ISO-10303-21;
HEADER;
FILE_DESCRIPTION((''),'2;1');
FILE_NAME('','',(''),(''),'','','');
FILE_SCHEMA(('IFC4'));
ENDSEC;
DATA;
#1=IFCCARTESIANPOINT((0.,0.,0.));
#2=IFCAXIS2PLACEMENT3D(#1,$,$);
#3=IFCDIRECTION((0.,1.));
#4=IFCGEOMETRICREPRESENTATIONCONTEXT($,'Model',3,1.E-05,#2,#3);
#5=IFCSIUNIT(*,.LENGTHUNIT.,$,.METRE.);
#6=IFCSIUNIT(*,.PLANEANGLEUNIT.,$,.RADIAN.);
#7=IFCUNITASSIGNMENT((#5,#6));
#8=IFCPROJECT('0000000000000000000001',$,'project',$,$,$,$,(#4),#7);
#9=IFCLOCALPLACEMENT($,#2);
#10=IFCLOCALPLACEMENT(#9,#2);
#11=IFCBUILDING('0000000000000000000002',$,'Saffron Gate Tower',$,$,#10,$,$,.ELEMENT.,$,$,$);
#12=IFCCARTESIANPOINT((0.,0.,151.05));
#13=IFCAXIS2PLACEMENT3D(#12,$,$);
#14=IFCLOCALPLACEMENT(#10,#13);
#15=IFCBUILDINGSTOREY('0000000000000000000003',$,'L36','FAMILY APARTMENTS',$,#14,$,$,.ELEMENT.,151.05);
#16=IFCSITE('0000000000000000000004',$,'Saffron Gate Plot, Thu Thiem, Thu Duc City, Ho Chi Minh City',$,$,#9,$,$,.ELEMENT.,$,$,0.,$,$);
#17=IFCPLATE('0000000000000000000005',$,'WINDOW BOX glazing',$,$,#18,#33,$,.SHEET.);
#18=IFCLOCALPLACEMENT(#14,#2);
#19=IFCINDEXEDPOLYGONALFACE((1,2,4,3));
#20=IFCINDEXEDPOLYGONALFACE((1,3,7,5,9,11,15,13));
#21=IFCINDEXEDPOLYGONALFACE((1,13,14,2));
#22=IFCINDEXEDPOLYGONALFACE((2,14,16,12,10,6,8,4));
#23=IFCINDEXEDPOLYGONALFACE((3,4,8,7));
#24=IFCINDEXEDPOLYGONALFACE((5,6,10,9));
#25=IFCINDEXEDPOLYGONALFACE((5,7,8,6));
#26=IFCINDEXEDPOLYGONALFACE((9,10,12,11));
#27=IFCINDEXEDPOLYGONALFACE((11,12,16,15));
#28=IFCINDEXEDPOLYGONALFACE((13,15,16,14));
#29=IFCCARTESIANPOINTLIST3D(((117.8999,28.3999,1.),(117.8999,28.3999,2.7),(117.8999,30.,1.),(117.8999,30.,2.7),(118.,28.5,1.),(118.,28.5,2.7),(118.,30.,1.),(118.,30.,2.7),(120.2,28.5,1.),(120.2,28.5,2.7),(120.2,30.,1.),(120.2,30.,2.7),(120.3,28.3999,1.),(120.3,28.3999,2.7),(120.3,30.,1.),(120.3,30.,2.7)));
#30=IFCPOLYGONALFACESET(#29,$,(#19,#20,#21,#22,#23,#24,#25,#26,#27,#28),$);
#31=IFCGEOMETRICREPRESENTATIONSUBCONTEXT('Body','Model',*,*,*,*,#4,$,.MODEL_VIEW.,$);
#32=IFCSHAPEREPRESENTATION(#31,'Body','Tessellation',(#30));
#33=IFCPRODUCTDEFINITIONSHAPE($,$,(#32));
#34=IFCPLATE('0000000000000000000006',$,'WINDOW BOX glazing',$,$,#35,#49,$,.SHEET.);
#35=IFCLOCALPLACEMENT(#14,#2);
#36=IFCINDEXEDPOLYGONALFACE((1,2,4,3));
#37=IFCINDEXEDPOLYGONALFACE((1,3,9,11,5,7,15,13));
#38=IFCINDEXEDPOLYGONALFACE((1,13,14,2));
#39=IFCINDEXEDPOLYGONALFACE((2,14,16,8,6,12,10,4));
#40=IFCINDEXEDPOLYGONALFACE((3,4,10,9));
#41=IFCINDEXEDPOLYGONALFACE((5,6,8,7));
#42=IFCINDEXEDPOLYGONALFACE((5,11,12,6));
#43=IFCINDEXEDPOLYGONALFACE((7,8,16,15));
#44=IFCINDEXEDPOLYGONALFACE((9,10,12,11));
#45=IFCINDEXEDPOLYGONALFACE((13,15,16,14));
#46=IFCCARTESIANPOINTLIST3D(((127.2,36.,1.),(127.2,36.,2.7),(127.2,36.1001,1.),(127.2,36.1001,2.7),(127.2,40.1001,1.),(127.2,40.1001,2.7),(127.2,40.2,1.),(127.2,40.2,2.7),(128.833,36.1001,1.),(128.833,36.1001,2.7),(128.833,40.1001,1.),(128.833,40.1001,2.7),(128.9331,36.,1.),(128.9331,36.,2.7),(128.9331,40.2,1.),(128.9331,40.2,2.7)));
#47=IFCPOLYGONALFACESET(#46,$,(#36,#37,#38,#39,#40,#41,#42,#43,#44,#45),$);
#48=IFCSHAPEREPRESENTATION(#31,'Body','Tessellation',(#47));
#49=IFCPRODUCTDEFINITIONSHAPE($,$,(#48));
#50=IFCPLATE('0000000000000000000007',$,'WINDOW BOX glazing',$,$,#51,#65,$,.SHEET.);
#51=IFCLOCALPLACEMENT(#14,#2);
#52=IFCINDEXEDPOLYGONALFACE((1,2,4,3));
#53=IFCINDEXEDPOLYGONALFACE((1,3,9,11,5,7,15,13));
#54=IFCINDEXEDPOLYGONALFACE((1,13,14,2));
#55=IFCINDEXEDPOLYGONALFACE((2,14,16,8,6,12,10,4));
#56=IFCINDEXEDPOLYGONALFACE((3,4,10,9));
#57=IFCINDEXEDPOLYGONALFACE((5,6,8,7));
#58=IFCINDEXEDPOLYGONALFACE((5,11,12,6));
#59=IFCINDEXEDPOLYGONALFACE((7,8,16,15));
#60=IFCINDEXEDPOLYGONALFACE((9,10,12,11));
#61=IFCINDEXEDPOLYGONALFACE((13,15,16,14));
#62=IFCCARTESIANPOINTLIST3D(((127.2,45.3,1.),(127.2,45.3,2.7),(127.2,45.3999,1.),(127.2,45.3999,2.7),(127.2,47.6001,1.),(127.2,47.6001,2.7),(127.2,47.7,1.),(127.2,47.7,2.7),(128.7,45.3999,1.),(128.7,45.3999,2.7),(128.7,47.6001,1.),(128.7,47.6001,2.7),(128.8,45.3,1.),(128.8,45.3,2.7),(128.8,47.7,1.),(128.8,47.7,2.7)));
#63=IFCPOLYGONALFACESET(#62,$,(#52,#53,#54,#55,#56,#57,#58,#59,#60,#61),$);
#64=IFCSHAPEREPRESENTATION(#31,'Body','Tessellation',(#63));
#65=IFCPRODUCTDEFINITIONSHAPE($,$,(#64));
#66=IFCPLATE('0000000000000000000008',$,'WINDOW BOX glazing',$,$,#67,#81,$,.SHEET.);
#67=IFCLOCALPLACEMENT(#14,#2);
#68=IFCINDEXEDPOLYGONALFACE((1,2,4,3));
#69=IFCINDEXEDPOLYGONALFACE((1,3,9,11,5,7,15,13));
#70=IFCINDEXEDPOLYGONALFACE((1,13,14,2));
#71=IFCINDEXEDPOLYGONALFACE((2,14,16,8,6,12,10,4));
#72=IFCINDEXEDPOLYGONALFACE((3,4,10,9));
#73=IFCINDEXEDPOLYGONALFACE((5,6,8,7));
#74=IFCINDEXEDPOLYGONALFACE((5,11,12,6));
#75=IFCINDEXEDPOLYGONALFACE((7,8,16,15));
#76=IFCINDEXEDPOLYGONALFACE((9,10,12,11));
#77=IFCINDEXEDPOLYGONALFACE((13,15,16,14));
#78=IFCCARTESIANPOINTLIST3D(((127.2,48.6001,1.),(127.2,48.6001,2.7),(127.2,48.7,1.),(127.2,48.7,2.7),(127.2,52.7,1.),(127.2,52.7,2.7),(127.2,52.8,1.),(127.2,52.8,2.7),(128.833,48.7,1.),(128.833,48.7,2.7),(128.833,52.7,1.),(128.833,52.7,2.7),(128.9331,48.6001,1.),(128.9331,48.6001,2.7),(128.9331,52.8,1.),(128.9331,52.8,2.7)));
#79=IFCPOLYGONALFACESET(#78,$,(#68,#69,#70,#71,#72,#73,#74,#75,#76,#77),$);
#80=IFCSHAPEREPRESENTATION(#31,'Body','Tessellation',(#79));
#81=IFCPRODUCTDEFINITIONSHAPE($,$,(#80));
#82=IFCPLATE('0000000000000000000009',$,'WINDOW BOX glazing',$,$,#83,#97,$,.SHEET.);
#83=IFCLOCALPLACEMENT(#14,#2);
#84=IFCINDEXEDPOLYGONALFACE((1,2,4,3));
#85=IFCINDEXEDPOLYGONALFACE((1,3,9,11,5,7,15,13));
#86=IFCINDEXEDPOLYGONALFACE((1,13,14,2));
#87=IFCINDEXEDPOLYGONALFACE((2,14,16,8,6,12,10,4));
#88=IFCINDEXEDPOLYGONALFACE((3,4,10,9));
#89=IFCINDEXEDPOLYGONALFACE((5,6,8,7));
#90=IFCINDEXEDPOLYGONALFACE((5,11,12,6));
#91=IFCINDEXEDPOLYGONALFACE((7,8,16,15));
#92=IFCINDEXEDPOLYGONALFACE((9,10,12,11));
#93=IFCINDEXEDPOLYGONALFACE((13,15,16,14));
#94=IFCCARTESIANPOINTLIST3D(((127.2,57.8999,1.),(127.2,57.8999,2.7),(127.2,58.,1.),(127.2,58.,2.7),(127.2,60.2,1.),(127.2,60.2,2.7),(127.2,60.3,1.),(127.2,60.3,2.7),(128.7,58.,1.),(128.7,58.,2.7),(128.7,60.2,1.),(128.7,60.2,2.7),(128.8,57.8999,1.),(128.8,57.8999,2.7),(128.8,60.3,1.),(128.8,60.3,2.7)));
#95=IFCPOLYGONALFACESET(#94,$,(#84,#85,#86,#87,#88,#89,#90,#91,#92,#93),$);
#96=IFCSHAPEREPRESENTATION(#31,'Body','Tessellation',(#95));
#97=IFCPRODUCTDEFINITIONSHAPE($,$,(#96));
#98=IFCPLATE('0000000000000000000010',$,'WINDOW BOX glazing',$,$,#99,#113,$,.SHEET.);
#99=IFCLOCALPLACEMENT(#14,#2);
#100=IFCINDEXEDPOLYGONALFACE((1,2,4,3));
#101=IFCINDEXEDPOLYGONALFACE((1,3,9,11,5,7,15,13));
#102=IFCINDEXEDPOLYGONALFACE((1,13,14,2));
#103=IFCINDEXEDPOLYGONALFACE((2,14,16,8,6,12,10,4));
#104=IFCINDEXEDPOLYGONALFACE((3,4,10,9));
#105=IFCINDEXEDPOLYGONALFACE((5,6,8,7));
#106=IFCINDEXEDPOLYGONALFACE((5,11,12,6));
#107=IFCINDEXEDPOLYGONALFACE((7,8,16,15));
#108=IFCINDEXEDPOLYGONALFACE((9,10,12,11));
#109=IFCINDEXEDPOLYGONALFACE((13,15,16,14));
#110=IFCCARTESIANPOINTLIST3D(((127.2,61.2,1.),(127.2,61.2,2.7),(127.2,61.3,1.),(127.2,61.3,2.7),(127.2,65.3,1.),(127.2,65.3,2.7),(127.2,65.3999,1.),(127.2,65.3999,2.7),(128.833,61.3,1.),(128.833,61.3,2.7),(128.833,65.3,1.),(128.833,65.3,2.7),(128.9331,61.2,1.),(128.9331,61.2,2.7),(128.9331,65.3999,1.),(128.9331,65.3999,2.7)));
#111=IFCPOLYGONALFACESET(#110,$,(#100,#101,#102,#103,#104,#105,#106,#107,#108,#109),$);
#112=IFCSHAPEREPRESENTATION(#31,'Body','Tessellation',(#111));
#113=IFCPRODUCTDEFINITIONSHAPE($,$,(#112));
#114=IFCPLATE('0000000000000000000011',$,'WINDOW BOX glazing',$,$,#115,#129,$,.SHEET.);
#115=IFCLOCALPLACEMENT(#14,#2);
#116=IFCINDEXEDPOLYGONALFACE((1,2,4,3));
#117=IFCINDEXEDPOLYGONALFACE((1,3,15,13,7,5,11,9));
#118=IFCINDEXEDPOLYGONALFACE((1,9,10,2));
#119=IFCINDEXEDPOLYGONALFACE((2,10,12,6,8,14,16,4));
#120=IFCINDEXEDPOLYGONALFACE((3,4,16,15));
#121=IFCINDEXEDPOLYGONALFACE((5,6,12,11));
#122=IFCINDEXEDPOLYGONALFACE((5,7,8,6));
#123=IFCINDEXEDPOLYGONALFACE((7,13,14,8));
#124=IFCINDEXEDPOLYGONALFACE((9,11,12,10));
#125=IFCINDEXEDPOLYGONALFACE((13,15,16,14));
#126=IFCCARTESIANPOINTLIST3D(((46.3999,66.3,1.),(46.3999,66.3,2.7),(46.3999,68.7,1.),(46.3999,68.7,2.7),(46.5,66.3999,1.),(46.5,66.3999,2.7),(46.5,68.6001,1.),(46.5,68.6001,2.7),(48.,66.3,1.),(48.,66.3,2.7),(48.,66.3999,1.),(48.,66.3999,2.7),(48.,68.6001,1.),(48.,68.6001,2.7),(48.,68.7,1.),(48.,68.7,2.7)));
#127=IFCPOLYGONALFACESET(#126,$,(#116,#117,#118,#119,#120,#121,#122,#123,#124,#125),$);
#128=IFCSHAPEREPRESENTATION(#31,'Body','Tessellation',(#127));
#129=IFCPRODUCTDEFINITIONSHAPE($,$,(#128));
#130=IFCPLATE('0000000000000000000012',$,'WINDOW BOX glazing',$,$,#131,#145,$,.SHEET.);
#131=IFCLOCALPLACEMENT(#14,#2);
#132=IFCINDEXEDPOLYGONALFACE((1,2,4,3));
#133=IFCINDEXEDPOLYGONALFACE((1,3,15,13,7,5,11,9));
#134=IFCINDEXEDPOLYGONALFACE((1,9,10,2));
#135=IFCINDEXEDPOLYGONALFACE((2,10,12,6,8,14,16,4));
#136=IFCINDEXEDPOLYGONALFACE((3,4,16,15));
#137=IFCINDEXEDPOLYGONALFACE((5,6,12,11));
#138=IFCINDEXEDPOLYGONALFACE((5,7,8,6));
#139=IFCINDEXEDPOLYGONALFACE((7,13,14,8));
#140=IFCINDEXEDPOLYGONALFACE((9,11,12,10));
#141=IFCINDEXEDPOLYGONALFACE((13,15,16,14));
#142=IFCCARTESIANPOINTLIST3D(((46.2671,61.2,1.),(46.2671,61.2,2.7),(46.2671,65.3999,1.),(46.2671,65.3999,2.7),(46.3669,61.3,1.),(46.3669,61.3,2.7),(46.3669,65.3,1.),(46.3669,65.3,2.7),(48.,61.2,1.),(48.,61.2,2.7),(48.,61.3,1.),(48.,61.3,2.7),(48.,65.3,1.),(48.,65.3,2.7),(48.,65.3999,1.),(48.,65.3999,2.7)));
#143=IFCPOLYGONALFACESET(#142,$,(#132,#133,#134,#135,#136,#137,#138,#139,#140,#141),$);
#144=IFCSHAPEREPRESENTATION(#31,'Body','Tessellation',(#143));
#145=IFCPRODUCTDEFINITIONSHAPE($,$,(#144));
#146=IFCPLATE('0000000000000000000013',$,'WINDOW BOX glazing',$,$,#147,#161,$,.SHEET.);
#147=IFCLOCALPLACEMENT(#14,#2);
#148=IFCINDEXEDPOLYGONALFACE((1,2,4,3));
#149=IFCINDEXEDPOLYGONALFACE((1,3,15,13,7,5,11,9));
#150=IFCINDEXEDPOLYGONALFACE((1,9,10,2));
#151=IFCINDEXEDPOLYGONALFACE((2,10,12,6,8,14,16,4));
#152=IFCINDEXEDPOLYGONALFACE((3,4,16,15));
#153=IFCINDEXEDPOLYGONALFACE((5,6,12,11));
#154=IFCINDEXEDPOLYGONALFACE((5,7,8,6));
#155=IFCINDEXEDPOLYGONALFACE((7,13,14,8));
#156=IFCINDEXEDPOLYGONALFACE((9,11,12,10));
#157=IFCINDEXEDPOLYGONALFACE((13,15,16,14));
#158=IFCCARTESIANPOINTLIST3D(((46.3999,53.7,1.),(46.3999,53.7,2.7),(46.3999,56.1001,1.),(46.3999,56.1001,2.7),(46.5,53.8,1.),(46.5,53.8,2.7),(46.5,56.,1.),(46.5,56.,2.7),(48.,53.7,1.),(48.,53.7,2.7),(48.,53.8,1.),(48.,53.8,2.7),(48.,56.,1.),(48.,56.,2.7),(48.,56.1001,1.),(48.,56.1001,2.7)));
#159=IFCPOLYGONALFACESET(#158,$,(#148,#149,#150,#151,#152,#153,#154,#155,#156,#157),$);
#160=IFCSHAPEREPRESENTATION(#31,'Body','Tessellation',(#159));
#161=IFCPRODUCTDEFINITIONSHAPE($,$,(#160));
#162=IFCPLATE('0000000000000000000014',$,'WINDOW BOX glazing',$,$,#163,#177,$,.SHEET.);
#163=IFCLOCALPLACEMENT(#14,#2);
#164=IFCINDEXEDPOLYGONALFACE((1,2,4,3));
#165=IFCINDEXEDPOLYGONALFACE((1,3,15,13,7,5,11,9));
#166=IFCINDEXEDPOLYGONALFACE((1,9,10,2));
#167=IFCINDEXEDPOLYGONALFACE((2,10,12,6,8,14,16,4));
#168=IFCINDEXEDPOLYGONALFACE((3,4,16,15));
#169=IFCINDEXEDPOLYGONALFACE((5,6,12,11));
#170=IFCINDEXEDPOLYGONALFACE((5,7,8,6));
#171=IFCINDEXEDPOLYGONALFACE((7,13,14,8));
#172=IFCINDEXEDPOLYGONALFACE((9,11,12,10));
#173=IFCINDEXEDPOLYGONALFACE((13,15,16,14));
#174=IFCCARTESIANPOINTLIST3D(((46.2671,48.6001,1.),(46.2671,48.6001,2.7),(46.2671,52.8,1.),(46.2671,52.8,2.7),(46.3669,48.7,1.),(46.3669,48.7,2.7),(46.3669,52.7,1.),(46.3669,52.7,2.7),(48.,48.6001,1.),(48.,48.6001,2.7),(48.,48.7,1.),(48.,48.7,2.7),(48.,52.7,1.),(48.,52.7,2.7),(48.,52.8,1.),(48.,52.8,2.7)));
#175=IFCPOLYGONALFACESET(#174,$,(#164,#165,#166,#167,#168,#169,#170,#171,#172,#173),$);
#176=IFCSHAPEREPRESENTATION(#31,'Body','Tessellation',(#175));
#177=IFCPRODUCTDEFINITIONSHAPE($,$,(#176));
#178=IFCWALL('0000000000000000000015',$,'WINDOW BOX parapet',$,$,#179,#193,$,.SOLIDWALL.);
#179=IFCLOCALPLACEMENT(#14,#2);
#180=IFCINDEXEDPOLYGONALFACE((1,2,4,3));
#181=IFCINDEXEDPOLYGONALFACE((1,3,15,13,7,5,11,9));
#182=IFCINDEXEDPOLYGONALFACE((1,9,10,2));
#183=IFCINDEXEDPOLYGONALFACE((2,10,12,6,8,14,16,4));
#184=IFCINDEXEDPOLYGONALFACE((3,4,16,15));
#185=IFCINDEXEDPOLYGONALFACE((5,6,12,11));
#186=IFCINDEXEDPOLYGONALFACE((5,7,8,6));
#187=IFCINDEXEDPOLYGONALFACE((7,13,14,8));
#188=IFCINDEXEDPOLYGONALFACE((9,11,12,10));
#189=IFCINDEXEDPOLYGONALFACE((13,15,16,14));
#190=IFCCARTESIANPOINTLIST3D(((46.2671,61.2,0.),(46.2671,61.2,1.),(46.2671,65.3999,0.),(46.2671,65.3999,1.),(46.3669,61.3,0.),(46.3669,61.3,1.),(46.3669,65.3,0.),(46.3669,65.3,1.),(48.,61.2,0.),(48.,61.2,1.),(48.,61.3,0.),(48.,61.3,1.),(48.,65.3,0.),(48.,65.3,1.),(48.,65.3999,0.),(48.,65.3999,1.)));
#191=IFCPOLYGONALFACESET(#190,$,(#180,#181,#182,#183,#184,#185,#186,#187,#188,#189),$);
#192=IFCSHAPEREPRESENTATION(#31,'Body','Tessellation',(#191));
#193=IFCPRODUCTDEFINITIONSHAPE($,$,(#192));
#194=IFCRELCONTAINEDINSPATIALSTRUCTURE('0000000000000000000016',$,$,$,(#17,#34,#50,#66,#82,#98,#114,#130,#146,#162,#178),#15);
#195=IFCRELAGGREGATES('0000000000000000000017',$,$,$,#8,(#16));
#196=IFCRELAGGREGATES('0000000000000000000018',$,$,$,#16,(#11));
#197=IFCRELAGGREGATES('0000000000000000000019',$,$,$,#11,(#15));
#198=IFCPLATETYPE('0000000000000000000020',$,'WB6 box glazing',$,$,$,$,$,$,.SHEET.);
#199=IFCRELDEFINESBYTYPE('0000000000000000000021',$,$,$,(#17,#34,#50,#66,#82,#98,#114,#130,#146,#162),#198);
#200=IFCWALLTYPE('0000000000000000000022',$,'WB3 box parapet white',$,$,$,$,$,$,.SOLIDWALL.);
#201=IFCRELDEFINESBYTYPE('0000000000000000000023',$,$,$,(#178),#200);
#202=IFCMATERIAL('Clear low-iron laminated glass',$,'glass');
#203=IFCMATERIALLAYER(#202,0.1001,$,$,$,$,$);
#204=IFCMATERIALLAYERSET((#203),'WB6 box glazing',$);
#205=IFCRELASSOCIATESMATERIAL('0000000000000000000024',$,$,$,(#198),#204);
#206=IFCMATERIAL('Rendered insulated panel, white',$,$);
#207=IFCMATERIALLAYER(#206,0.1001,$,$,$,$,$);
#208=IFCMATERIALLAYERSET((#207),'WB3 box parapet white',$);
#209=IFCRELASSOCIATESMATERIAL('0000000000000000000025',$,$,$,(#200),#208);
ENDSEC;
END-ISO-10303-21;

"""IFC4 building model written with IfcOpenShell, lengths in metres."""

from ifc_helpers import new_model, si_unit, direction, frame, origin, place, context, subcontext, project, spatial, polyline, outline, extrude, material, layer, layer_set, type_object, element, save


model = new_model("IFC4")

# Units and contexts
model_context = context("Model", 3, precision=1e-05, world=origin(), true_north=direction((0.0, 1.0)))
body_context = subcontext(model_context, "Body", "Model", "MODEL_VIEW")
ifc_project = project(units=[si_unit("LENGTHUNIT", "METRE"), si_unit("PLANEANGLEUNIT", "RADIAN")], contexts=[model_context])

# Site, building, storey
site_placement = place(None, origin())
site = spatial("IfcSite", under=ifc_project, at=site_placement, Name="Saffron Gate Plot, Thu Thiem, Thu Duc City, Ho Chi Minh City", CompositionType="ELEMENT", RefElevation=0.0)
building_placement = place(site_placement, origin())
building = spatial("IfcBuilding", under=site, at=building_placement, Name="Saffron Gate Tower", CompositionType="ELEMENT")
storey_placement = place(building_placement, frame((0.0, 0.0, 151.05)))
storey = spatial("IfcBuildingStorey", under=building, at=storey_placement, Name="L36", Description="FAMILY APARTMENTS", CompositionType="ELEMENT", Elevation=151.05)

# Plates
ifc_material_1 = material(Name="Clear low-iron laminated glass", Category="glass")
ifc_layer_1 = layer(ifc_material_1, 0.1001)
ifc_layer_set_1 = layer_set([ifc_layer_1], Name="WB6 box glazing")
plate_type_1 = type_object("IfcPlateType", Name="WB6 box glazing", PredefinedType="SHEET", material=ifc_layer_set_1)
plate_1_placement = place(storey_placement, frame((0.0, 0.0, 1.0)))
element("IfcPlate", 1, at=plate_1_placement, inside=storey, type_object=plate_type_1, Name="WINDOW BOX glazing", PredefinedType="SHEET", context=body_context, shape_type="SweptSolid", body=[
    extrude(outline(polyline([(117.8999, 30.0), (118.0, 30.0), (118.0, 28.5), (120.2, 28.5), (120.2, 30.0), (120.3, 30.0), (120.3, 28.3999), (117.8999, 28.3999), (117.8999, 30.0)])), origin(), (0.0, 0.0, 1.0), 1.7),
])
plate_2_placement = place(storey_placement, frame((0.0, 0.0, 1.0)))
element("IfcPlate", 2, at=plate_2_placement, inside=storey, type_object=plate_type_1, Name="WINDOW BOX glazing", PredefinedType="SHEET", context=body_context, shape_type="SweptSolid", body=[
    extrude(outline(polyline([(127.2, 36.0), (127.2, 36.1001), (128.833, 36.1001), (128.833, 40.1001), (127.2, 40.1001), (127.2, 40.2), (128.9331, 40.2), (128.9331, 36.0), (127.2, 36.0)])), origin(), (0.0, 0.0, 1.0), 1.7),
])
plate_3_placement = place(storey_placement, frame((0.0, 0.0, 1.0)))
element("IfcPlate", 3, at=plate_3_placement, inside=storey, type_object=plate_type_1, Name="WINDOW BOX glazing", PredefinedType="SHEET", context=body_context, shape_type="SweptSolid", body=[
    extrude(outline(polyline([(127.2, 45.3), (127.2, 45.3999), (128.7, 45.3999), (128.7, 47.6001), (127.2, 47.6001), (127.2, 47.7), (128.8, 47.7), (128.8, 45.3), (127.2, 45.3)])), origin(), (0.0, 0.0, 1.0), 1.7),
])
plate_4_placement = place(storey_placement, frame((0.0, 0.0, 1.0)))
element("IfcPlate", 4, at=plate_4_placement, inside=storey, type_object=plate_type_1, Name="WINDOW BOX glazing", PredefinedType="SHEET", context=body_context, shape_type="SweptSolid", body=[
    extrude(outline(polyline([(127.2, 48.6001), (127.2, 48.7), (128.833, 48.7), (128.833, 52.7), (127.2, 52.7), (127.2, 52.8), (128.9331, 52.8), (128.9331, 48.6001), (127.2, 48.6001)])), origin(), (0.0, 0.0, 1.0), 1.7),
])
plate_5_placement = place(storey_placement, frame((0.0, 0.0, 1.0)))
element("IfcPlate", 5, at=plate_5_placement, inside=storey, type_object=plate_type_1, Name="WINDOW BOX glazing", PredefinedType="SHEET", context=body_context, shape_type="SweptSolid", body=[
    extrude(outline(polyline([(127.2, 57.8999), (127.2, 58.0), (128.7, 58.0), (128.7, 60.2), (127.2, 60.2), (127.2, 60.3), (128.8, 60.3), (128.8, 57.8999), (127.2, 57.8999)])), origin(), (0.0, 0.0, 1.0), 1.7),
])
plate_6_placement = place(storey_placement, frame((0.0, 0.0, 1.0)))
element("IfcPlate", 6, at=plate_6_placement, inside=storey, type_object=plate_type_1, Name="WINDOW BOX glazing", PredefinedType="SHEET", context=body_context, shape_type="SweptSolid", body=[
    extrude(outline(polyline([(127.2, 61.2), (127.2, 61.3), (128.833, 61.3), (128.833, 65.3), (127.2, 65.3), (127.2, 65.3999), (128.9331, 65.3999), (128.9331, 61.2), (127.2, 61.2)])), origin(), (0.0, 0.0, 1.0), 1.7),
])
plate_7_placement = place(storey_placement, frame((0.0, 0.0, 1.0)))
element("IfcPlate", 7, at=plate_7_placement, inside=storey, type_object=plate_type_1, Name="WINDOW BOX glazing", PredefinedType="SHEET", context=body_context, shape_type="SweptSolid", body=[
    extrude(outline(polyline([(48.0, 68.7), (48.0, 68.6001), (46.5, 68.6001), (46.5, 66.3999), (48.0, 66.3999), (48.0, 66.3), (46.3999, 66.3), (46.3999, 68.7), (48.0, 68.7)])), origin(), (0.0, 0.0, 1.0), 1.7),
])
plate_8_placement = place(storey_placement, frame((0.0, 0.0, 1.0)))
element("IfcPlate", 8, at=plate_8_placement, inside=storey, type_object=plate_type_1, Name="WINDOW BOX glazing", PredefinedType="SHEET", context=body_context, shape_type="SweptSolid", body=[
    extrude(outline(polyline([(48.0, 65.3999), (48.0, 65.3), (46.3669, 65.3), (46.3669, 61.3), (48.0, 61.3), (48.0, 61.2), (46.2671, 61.2), (46.2671, 65.3999), (48.0, 65.3999)])), origin(), (0.0, 0.0, 1.0), 1.7),
])
plate_9_placement = place(storey_placement, frame((0.0, 0.0, 1.0)))
element("IfcPlate", 9, at=plate_9_placement, inside=storey, type_object=plate_type_1, Name="WINDOW BOX glazing", PredefinedType="SHEET", context=body_context, shape_type="SweptSolid", body=[
    extrude(outline(polyline([(48.0, 56.1001), (48.0, 56.0), (46.5, 56.0), (46.5, 53.8), (48.0, 53.8), (48.0, 53.7), (46.3999, 53.7), (46.3999, 56.1001), (48.0, 56.1001)])), origin(), (0.0, 0.0, 1.0), 1.7),
])
plate_10_placement = place(storey_placement, frame((0.0, 0.0, 1.0)))
element("IfcPlate", 10, at=plate_10_placement, inside=storey, type_object=plate_type_1, Name="WINDOW BOX glazing", PredefinedType="SHEET", context=body_context, shape_type="SweptSolid", body=[
    extrude(outline(polyline([(48.0, 52.8), (48.0, 52.7), (46.3669, 52.7), (46.3669, 48.7), (48.0, 48.7), (48.0, 48.6001), (46.2671, 48.6001), (46.2671, 52.8), (48.0, 52.8)])), origin(), (0.0, 0.0, 1.0), 1.7),
])

# Wall
ifc_material_2 = material(Name="Rendered insulated panel, white")
ifc_layer_2 = layer(ifc_material_2, 0.1001)
ifc_layer_set_2 = layer_set([ifc_layer_2], Name="WB3 box parapet white")
wall_type = type_object("IfcWallType", Name="WB3 box parapet white", PredefinedType="SOLIDWALL", material=ifc_layer_set_2)
wall_1_placement = place(storey_placement, origin())
element("IfcWall", 11, at=wall_1_placement, inside=storey, type_object=wall_type, Name="WINDOW BOX parapet", PredefinedType="SOLIDWALL", context=body_context, shape_type="SweptSolid", body=[
    extrude(outline(polyline([(48.0, 65.3999), (48.0, 65.3), (46.3669, 65.3), (46.3669, 61.3), (48.0, 61.3), (48.0, 61.2), (46.2671, 61.2), (46.2671, 65.3999), (48.0, 65.3999)])), origin(), (0.0, 0.0, 1.0), 1.0),
])

save(model, "model.ifc")
